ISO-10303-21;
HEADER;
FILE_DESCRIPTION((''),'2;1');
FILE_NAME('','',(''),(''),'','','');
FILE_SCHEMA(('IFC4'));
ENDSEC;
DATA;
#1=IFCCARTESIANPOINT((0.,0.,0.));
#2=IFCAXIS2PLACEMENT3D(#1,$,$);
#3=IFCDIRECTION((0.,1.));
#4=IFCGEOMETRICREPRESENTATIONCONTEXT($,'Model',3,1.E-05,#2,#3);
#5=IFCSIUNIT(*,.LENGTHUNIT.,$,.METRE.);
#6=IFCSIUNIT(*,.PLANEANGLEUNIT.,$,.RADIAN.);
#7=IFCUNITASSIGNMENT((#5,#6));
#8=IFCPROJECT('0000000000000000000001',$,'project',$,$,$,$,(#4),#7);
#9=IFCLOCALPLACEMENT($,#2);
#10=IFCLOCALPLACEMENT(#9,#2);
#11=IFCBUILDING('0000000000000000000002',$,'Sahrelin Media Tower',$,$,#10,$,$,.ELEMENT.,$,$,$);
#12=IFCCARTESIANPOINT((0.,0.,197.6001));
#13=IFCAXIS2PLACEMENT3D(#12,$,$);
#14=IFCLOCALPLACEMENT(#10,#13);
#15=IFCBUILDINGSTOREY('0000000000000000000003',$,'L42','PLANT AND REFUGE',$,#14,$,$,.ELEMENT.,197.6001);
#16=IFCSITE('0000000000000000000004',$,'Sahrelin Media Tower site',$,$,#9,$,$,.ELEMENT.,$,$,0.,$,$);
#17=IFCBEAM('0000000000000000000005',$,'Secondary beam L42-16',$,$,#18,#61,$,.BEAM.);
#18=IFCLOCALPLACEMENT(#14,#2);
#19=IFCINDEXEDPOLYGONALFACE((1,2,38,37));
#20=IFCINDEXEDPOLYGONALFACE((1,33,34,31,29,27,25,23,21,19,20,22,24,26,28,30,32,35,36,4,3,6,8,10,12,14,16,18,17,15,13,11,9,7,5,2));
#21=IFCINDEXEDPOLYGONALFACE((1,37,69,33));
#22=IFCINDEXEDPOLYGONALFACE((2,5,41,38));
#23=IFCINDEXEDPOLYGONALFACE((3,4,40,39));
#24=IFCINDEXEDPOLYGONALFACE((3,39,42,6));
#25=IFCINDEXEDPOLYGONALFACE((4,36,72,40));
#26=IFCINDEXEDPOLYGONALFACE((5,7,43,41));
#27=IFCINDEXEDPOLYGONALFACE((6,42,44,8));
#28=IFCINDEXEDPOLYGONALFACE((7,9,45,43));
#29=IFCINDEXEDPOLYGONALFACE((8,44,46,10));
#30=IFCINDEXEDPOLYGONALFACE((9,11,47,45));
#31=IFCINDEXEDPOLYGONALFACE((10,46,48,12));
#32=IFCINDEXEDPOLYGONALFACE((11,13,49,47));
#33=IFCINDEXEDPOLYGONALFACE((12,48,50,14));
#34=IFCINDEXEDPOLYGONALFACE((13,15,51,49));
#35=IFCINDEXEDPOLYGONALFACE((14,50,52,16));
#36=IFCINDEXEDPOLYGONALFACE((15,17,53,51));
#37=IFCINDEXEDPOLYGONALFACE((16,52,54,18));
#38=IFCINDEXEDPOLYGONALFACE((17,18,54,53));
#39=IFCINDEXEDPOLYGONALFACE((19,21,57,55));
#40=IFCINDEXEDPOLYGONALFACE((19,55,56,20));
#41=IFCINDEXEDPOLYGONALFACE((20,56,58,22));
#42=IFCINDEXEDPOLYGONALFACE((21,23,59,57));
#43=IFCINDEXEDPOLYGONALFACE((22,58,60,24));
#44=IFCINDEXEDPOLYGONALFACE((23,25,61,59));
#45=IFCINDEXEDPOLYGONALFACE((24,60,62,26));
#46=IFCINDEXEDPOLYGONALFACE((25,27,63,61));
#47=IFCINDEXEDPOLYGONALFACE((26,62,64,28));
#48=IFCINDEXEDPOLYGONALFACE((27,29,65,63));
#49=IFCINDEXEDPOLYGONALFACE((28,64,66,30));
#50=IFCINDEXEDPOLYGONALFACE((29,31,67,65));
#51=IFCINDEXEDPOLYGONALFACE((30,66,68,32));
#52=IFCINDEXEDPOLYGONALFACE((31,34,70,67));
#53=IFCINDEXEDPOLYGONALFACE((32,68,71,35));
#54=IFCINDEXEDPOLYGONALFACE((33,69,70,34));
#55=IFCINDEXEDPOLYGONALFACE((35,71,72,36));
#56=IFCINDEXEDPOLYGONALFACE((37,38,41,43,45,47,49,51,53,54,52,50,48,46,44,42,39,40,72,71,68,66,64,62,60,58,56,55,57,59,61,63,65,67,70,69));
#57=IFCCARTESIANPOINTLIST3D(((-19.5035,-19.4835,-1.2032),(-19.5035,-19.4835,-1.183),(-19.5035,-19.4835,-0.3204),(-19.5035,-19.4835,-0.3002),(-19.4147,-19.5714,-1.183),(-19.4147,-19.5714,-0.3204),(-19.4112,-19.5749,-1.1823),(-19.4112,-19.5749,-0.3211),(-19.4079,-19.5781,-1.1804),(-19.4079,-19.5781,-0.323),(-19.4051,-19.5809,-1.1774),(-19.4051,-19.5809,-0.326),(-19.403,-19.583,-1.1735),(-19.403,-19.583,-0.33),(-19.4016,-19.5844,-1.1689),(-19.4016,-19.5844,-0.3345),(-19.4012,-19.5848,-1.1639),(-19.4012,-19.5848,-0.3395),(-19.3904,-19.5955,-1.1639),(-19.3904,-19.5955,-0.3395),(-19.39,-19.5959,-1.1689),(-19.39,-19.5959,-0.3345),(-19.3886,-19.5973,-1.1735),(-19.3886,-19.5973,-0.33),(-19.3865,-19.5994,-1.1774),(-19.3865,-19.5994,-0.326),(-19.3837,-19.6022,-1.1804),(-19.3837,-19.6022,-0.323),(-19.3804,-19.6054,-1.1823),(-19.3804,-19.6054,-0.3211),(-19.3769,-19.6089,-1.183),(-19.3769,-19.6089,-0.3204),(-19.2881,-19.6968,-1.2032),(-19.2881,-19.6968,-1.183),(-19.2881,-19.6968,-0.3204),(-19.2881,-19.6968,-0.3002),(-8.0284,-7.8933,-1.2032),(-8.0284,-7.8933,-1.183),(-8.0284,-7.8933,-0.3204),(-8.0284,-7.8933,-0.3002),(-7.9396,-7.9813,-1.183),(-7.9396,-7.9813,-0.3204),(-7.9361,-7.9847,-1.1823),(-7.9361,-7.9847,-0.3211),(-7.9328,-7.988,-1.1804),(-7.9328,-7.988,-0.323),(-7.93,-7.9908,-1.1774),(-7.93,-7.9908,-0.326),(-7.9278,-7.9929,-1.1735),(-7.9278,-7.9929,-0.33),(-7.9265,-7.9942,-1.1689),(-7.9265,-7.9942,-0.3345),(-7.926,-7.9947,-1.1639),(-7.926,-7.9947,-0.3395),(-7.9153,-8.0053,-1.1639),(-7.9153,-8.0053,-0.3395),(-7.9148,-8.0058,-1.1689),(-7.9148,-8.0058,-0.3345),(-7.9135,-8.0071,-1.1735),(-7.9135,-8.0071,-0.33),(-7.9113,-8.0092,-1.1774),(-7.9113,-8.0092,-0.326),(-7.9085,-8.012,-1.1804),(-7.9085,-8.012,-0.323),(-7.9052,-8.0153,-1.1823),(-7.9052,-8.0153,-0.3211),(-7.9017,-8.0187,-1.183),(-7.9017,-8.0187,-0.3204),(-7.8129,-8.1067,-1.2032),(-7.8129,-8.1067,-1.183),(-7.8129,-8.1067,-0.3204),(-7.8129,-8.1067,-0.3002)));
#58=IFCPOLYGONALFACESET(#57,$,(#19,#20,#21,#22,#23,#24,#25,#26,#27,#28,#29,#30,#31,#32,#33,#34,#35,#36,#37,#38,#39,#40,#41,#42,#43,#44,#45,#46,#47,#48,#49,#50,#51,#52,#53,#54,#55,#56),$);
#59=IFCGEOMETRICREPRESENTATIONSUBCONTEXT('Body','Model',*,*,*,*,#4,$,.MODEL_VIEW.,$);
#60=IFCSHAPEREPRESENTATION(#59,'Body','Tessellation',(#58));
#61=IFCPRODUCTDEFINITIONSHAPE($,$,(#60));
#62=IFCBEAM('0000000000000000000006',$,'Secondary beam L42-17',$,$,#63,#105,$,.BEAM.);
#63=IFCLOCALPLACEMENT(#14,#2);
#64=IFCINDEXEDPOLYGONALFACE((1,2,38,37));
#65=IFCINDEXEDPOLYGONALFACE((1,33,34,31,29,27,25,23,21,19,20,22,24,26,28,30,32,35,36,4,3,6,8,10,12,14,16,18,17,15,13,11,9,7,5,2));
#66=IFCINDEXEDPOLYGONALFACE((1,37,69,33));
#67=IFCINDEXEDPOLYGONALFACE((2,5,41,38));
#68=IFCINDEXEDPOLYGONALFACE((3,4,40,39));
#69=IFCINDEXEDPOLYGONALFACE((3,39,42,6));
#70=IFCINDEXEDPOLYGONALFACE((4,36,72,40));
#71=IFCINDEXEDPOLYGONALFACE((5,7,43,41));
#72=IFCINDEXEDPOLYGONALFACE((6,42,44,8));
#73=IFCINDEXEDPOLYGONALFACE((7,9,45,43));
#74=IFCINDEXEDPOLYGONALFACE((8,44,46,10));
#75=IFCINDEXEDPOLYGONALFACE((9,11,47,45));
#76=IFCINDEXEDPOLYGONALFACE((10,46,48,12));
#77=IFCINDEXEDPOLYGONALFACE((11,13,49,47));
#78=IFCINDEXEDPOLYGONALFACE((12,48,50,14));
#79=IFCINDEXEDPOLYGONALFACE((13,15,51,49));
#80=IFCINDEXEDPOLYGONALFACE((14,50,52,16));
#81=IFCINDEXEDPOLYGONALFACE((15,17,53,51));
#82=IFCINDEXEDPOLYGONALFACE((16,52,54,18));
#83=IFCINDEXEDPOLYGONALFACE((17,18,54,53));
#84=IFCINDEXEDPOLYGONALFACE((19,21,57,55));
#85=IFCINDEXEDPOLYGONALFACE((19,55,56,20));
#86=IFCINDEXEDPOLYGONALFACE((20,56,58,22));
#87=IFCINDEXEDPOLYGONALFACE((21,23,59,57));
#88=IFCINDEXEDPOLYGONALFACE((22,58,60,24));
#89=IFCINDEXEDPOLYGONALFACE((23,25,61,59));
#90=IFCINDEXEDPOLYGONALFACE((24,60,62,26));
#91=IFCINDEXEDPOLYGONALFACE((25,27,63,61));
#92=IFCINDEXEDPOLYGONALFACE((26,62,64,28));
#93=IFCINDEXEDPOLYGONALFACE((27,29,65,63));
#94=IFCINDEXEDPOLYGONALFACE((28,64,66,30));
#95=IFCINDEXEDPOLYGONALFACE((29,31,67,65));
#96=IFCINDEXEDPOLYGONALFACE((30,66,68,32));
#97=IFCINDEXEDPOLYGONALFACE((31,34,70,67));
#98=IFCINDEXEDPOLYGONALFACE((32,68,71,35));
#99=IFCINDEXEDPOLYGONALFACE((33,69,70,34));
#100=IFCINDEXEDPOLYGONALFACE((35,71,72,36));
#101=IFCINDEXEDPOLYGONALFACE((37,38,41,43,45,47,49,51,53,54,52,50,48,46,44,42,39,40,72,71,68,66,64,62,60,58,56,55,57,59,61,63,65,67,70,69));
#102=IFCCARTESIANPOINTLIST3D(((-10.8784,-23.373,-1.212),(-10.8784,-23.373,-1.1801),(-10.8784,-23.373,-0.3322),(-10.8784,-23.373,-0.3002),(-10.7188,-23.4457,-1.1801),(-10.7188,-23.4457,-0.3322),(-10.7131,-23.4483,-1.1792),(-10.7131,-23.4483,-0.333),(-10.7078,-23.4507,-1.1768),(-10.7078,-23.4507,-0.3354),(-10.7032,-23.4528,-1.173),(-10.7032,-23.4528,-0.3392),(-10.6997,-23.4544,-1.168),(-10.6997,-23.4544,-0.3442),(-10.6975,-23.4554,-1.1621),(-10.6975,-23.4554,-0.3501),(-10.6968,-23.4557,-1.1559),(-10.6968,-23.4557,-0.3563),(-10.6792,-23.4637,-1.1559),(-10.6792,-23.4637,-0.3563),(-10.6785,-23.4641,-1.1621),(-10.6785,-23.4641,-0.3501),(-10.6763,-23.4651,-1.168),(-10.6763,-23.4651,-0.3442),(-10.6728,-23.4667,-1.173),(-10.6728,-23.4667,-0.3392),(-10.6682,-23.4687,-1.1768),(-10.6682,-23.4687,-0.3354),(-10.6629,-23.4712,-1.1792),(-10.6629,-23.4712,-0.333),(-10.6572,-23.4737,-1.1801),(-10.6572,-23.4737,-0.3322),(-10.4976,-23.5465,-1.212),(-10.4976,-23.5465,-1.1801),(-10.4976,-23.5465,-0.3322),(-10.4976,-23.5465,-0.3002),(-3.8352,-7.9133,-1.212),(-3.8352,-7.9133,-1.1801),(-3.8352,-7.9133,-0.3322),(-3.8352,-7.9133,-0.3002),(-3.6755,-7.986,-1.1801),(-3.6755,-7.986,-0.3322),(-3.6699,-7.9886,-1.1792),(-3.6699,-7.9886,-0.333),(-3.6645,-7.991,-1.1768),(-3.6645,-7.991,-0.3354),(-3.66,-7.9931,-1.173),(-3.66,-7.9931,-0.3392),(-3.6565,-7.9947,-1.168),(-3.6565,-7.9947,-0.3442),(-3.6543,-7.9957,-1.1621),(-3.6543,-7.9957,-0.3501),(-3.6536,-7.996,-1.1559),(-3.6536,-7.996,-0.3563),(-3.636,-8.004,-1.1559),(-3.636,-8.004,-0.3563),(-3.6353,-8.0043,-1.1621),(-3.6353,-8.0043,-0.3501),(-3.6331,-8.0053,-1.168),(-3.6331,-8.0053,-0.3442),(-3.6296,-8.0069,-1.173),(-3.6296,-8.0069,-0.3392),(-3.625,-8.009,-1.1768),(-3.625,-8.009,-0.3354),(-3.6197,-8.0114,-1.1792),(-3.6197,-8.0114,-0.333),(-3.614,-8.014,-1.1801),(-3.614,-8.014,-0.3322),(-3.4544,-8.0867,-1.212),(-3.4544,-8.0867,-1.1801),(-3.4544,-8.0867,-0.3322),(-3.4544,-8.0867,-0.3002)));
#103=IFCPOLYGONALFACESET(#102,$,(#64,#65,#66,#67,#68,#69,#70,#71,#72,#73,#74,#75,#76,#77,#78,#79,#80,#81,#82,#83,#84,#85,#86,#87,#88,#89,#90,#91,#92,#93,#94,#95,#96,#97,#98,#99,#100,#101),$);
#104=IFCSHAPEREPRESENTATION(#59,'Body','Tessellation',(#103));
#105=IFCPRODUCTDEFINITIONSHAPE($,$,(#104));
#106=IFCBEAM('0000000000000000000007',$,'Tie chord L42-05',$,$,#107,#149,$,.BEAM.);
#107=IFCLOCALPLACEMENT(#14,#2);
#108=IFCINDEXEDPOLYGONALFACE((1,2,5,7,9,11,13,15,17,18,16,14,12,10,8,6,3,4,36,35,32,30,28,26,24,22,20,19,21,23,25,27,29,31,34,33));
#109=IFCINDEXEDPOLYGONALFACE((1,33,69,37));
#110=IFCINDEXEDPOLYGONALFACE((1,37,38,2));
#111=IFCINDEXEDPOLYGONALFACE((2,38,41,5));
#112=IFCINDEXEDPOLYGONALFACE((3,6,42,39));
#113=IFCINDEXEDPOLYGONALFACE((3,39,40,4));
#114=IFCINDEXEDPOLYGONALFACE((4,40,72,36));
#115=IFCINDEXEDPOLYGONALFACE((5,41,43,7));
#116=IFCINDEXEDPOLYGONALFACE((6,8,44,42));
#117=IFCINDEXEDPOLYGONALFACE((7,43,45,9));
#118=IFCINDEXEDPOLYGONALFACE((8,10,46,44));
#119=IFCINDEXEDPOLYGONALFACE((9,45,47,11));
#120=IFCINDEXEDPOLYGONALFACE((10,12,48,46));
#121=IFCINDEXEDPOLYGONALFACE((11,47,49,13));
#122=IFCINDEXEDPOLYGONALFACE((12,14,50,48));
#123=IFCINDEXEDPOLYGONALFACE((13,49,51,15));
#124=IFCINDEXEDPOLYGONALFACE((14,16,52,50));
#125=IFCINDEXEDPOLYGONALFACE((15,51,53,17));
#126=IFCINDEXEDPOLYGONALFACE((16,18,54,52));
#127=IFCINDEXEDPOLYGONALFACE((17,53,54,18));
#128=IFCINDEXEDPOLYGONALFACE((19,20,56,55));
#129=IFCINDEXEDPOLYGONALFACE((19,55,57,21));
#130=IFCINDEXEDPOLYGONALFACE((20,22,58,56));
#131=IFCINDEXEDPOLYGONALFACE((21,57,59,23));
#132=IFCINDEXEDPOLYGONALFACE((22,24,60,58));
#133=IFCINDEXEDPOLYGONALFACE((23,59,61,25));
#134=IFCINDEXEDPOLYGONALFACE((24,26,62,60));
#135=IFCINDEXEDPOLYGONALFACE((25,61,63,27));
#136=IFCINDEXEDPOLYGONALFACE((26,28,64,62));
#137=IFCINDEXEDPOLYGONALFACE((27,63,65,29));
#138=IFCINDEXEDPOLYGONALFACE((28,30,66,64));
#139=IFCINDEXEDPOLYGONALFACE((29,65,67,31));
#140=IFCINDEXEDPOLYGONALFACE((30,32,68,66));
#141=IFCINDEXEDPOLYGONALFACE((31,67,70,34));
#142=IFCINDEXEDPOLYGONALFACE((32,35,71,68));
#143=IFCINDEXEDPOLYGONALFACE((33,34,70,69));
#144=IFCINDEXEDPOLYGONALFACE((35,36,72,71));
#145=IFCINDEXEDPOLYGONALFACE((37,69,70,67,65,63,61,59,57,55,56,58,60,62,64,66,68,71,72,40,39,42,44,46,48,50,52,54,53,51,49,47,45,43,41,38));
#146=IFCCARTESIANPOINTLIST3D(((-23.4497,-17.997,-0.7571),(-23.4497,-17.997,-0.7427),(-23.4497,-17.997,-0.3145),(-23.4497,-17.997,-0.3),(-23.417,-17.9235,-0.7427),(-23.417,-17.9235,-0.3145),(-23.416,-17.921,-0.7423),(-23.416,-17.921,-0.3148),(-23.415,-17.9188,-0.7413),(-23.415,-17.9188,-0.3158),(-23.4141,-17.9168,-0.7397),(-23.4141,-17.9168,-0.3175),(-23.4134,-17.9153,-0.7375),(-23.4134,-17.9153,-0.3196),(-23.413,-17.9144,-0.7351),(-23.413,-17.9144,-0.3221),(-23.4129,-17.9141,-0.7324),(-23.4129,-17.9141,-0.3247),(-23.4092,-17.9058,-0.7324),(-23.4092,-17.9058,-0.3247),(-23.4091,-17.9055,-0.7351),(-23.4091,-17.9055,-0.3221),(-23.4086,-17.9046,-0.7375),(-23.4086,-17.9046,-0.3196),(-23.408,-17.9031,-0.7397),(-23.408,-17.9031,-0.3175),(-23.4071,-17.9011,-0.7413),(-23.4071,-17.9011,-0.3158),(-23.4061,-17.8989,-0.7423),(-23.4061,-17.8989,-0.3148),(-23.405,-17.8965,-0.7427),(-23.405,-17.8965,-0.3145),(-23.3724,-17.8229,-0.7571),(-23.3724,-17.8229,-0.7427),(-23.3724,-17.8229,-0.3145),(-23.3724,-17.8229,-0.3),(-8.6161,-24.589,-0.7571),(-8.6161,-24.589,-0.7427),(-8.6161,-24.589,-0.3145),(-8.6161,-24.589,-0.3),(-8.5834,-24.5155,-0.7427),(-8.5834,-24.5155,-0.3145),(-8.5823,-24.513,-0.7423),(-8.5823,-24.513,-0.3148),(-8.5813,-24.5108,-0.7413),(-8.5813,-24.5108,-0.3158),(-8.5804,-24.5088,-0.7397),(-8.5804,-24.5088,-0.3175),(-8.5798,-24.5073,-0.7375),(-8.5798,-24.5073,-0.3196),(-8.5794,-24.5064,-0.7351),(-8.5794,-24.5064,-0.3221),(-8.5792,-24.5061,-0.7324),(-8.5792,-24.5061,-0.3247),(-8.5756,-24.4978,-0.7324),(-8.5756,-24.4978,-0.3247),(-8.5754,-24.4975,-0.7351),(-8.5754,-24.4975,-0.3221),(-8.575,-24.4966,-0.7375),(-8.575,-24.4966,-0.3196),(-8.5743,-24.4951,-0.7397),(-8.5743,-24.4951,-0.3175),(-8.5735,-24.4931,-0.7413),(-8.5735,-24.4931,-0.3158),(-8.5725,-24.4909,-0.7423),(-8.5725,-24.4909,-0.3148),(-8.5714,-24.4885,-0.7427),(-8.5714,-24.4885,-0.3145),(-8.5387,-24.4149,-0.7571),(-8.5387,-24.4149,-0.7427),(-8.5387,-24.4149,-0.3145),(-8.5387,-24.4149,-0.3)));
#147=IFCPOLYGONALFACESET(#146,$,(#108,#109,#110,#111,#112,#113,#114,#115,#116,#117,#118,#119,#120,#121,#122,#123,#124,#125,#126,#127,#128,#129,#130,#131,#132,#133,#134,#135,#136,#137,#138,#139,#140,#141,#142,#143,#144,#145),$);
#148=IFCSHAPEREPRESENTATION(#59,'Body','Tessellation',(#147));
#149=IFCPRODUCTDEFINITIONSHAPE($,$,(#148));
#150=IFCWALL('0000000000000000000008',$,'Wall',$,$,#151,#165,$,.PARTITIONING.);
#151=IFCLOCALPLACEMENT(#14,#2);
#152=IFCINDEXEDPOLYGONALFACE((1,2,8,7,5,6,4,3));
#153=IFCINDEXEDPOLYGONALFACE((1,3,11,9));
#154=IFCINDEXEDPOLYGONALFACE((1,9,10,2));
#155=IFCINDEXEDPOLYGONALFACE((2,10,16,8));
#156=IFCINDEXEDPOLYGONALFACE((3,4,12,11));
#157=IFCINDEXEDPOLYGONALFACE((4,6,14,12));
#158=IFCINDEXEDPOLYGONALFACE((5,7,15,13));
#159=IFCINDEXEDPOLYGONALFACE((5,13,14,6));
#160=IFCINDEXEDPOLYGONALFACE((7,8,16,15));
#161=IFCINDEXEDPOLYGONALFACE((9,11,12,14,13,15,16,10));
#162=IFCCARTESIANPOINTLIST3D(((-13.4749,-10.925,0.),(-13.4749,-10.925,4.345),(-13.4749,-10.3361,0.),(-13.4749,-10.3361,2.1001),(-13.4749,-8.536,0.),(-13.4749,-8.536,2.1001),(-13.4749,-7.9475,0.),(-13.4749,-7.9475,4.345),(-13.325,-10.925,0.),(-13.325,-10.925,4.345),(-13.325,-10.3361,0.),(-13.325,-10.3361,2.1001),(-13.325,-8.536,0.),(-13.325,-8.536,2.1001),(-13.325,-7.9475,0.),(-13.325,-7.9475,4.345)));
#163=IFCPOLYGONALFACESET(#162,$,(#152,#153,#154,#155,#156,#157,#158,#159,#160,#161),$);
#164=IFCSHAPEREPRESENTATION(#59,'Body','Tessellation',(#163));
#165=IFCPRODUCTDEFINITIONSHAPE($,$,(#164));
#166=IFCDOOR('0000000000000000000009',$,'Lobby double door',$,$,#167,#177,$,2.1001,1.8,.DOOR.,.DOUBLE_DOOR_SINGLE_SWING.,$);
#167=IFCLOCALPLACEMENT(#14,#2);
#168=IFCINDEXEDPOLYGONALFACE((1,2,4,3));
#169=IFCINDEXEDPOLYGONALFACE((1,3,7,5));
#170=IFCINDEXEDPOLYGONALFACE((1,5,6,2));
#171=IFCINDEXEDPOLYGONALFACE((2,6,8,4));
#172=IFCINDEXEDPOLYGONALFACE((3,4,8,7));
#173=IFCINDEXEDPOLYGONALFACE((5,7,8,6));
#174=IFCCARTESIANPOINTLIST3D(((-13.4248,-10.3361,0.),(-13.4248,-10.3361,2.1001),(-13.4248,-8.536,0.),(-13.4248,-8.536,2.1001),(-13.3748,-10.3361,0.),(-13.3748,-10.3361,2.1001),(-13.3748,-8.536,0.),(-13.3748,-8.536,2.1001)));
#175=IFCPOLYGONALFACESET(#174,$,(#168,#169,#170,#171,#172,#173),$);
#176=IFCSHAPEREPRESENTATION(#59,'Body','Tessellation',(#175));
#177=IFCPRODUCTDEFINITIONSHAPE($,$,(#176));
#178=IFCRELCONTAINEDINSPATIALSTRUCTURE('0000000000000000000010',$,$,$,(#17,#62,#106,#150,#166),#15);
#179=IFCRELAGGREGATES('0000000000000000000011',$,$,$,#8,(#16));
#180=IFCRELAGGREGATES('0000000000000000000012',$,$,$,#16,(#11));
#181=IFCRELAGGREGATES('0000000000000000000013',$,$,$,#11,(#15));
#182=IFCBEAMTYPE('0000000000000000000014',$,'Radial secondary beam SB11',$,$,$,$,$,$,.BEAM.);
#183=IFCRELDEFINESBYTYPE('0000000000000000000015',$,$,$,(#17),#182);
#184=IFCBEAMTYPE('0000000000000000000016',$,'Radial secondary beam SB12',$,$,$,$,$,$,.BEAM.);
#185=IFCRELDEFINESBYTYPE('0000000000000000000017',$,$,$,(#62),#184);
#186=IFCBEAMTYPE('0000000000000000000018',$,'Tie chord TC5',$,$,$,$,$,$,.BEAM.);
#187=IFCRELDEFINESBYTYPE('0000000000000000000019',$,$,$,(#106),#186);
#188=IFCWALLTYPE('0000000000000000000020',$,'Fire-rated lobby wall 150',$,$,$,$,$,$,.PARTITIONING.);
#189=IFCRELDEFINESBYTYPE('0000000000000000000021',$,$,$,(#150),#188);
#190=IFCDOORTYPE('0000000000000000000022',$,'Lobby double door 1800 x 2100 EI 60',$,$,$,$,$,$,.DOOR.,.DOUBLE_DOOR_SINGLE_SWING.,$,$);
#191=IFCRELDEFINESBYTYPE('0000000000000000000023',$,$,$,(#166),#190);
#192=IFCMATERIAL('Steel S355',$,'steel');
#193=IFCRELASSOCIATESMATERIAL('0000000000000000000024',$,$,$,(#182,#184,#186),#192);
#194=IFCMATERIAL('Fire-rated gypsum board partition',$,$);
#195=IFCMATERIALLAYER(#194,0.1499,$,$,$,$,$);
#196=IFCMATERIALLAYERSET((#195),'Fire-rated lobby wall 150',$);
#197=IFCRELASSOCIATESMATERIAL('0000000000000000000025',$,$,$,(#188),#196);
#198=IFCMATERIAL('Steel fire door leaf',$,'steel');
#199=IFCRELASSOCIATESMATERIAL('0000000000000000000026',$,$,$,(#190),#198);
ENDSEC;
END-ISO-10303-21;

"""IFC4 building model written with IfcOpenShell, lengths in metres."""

from ifc_helpers import new_model, si_unit, direction, frame, frame_2d, origin, origin_2d, place, context, subcontext, project, spatial, rectangle, i_section, extrude, material, layer, layer_set, material_profile, profile_set, type_object, element, fill, save


model = new_model("IFC4")

# Units and contexts
model_context = context("Model", 3, precision=1e-05, world=origin(), true_north=direction((0.0, 1.0)))
body_context = subcontext(model_context, "Body", "Model", "MODEL_VIEW")
ifc_project = project(units=[si_unit("LENGTHUNIT", "METRE"), si_unit("PLANEANGLEUNIT", "RADIAN")], contexts=[model_context])

# Site, building, storey
site_placement = place(None, origin())
site = spatial("IfcSite", under=ifc_project, at=site_placement, Name="Sahrelin Media Tower site", CompositionType="ELEMENT", RefElevation=0.0)
building_placement = place(site_placement, origin())
building = spatial("IfcBuilding", under=site, at=building_placement, Name="Sahrelin Media Tower", CompositionType="ELEMENT")
storey_placement = place(building_placement, frame((0.0, 0.0, 197.6001)))
storey = spatial("IfcBuildingStorey", under=building, at=storey_placement, Name="L42", Description="PLANT AND REFUGE", CompositionType="ELEMENT", Elevation=197.6001)

# Beams
ifc_material_1 = material(Name="Steel S355", Category="steel")
ifc_material_profile_1 = material_profile(ifc_material_1, i_section(OverallWidth=0.3032, OverallDepth=0.9031, WebThickness=0.0151, FlangeThickness=0.0203, FilletRadius=0.019, at=origin_2d()), Name="UB 914x305x201")
ifc_profile_set_1 = profile_set([ifc_material_profile_1], Name="Steel S355")
beam_type_1 = type_object("IfcBeamType", Name="Radial secondary beam SB11", PredefinedType="BEAM", material=ifc_profile_set_1)
beam_1_placement = place(storey_placement, frame((-7.9207, -8.0, -0.7517), z_axis=(-0.703573, -0.710623, 0.0), x_axis=(0.710623, -0.703573, 0.0)))
element("IfcBeam", 1, at=beam_1_placement, inside=storey, type_object=beam_type_1, Name="Secondary beam L42-16", PredefinedType="BEAM", context=body_context, shape_type="SweptSolid", body=[
    extrude(i_section(OverallWidth=0.3032, OverallDepth=0.9031, WebThickness=0.0151, FlangeThickness=0.0203, FilletRadius=0.019, at=origin_2d()), origin(), (0.0, 0.0, 1.0), 16.3098),
])
ifc_material_profile_2 = material_profile(ifc_material_1, i_section(OverallWidth=0.4185, OverallDepth=0.9119, WebThickness=0.0193, FlangeThickness=0.032, FilletRadius=0.0242, at=origin_2d()), Name="UB 914x419x343")
ifc_profile_set_2 = profile_set([ifc_material_profile_2], Name="Steel S355")
beam_type_2 = type_object("IfcBeamType", Name="Radial secondary beam SB12", PredefinedType="BEAM", material=ifc_profile_set_2)
beam_2_placement = place(storey_placement, frame((-3.6448, -8.0, -0.7561), z_axis=(-0.414587, -0.91001, 0.0), x_axis=(0.91001, -0.414587, 0.0)))
element("IfcBeam", 2, at=beam_2_placement, inside=storey, type_object=beam_type_2, Name="Secondary beam L42-17", PredefinedType="BEAM", context=body_context, shape_type="SweptSolid", body=[
    extrude(i_section(OverallWidth=0.4185, OverallDepth=0.9119, WebThickness=0.0193, FlangeThickness=0.032, FilletRadius=0.0242, at=origin_2d()), origin(), (0.0, 0.0, 1.0), 16.9885),
])
ifc_material_profile_3 = material_profile(ifc_material_1, i_section(OverallWidth=0.1904, OverallDepth=0.457, WebThickness=0.009, FlangeThickness=0.0144, FilletRadius=0.0103, at=origin_2d()), Name="UB 457x191x74")
ifc_profile_set_3 = profile_set([ifc_material_profile_3], Name="Steel S355")
beam_type_3 = type_object("IfcBeamType", Name="Tie chord TC5", PredefinedType="BEAM", material=ifc_profile_set_3)
beam_3_placement = place(storey_placement, frame((-8.5774, -24.502, -0.5286), z_axis=(-0.913828, 0.406101, 0.0), x_axis=(-0.406101, -0.913828, 0.0)))
element("IfcBeam", 3, at=beam_3_placement, inside=storey, type_object=beam_type_3, Name="Tie chord L42-05", PredefinedType="BEAM", context=body_context, shape_type="SweptSolid", body=[
    extrude(i_section(OverallWidth=0.1904, OverallDepth=0.457, WebThickness=0.009, FlangeThickness=0.0144, FilletRadius=0.0103, at=origin_2d()), origin(), (0.0, 0.0, 1.0), 16.2324),
])

# Wall, opening, door
ifc_material_2 = material(Name="Fire-rated gypsum board partition")
ifc_layer_1 = layer(ifc_material_2, 0.1499)
ifc_layer_set_1 = layer_set([ifc_layer_1], Name="Fire-rated lobby wall 150")
wall_type_1 = type_object("IfcWallType", Name="Fire-rated lobby wall 150", PredefinedType="PARTITIONING", material=ifc_layer_set_1)
wall_1_placement = place(storey_placement, frame((-13.3999, -10.925, 0.0), z_axis=(0.0, 0.0, 1.0), x_axis=(0.0, 1.0, 0.0)))
wall_1 = element("IfcWall", 4, at=wall_1_placement, inside=storey, type_object=wall_type_1, Name="Wall", PredefinedType="PARTITIONING", context=body_context, shape_type="SweptSolid", body=[
    extrude(rectangle(XDim=2.9775, YDim=0.1499, at=frame_2d((1.4888, 0.0))), origin(), (0.0, 0.0, 1.0), 4.345),
])
opening_1_placement = place(wall_1_placement, frame((0.5891, 0.0, 0.0)))
opening_1 = element("IfcOpeningElement", 5, at=opening_1_placement, cuts=wall_1, PredefinedType="OPENING", context=body_context, shape_type="SweptSolid", body=[
    extrude(rectangle(XDim=1.8, YDim=2.1001, at=frame_2d((0.8999, 1.05))), frame((0.0, 0.075, 0.0), z_axis=(0.0, -1.0, 0.0), x_axis=(1.0, 0.0, 0.0)), (0.0, 0.0, 1.0), 0.1499),
])
ifc_material_3 = material(Name="Steel fire door leaf", Category="steel")
door_type = type_object("IfcDoorType", Name="Lobby double door 1800 x 2100 EI 60", OperationType="DOUBLE_DOOR_SINGLE_SWING", PredefinedType="DOOR", material=ifc_material_3)
door_1_placement = place(opening_1_placement, origin())
door_1 = element("IfcDoor", 6, at=door_1_placement, inside=storey, type_object=door_type, Name="Lobby double door", OperationType="DOUBLE_DOOR_SINGLE_SWING", OverallHeight=2.1001, OverallWidth=1.8, PredefinedType="DOOR", context=body_context, shape_type="SweptSolid", body=[
    extrude(rectangle(XDim=1.8, YDim=2.1001, at=frame_2d((0.8999, 1.05))), frame((0.0, 0.0249, 0.0), z_axis=(0.0, -1.0, 0.0), x_axis=(1.0, 0.0, 0.0)), (0.0, 0.0, 1.0), 0.05),
])
fill(opening_1, door_1)

save(model, "model.ifc")
